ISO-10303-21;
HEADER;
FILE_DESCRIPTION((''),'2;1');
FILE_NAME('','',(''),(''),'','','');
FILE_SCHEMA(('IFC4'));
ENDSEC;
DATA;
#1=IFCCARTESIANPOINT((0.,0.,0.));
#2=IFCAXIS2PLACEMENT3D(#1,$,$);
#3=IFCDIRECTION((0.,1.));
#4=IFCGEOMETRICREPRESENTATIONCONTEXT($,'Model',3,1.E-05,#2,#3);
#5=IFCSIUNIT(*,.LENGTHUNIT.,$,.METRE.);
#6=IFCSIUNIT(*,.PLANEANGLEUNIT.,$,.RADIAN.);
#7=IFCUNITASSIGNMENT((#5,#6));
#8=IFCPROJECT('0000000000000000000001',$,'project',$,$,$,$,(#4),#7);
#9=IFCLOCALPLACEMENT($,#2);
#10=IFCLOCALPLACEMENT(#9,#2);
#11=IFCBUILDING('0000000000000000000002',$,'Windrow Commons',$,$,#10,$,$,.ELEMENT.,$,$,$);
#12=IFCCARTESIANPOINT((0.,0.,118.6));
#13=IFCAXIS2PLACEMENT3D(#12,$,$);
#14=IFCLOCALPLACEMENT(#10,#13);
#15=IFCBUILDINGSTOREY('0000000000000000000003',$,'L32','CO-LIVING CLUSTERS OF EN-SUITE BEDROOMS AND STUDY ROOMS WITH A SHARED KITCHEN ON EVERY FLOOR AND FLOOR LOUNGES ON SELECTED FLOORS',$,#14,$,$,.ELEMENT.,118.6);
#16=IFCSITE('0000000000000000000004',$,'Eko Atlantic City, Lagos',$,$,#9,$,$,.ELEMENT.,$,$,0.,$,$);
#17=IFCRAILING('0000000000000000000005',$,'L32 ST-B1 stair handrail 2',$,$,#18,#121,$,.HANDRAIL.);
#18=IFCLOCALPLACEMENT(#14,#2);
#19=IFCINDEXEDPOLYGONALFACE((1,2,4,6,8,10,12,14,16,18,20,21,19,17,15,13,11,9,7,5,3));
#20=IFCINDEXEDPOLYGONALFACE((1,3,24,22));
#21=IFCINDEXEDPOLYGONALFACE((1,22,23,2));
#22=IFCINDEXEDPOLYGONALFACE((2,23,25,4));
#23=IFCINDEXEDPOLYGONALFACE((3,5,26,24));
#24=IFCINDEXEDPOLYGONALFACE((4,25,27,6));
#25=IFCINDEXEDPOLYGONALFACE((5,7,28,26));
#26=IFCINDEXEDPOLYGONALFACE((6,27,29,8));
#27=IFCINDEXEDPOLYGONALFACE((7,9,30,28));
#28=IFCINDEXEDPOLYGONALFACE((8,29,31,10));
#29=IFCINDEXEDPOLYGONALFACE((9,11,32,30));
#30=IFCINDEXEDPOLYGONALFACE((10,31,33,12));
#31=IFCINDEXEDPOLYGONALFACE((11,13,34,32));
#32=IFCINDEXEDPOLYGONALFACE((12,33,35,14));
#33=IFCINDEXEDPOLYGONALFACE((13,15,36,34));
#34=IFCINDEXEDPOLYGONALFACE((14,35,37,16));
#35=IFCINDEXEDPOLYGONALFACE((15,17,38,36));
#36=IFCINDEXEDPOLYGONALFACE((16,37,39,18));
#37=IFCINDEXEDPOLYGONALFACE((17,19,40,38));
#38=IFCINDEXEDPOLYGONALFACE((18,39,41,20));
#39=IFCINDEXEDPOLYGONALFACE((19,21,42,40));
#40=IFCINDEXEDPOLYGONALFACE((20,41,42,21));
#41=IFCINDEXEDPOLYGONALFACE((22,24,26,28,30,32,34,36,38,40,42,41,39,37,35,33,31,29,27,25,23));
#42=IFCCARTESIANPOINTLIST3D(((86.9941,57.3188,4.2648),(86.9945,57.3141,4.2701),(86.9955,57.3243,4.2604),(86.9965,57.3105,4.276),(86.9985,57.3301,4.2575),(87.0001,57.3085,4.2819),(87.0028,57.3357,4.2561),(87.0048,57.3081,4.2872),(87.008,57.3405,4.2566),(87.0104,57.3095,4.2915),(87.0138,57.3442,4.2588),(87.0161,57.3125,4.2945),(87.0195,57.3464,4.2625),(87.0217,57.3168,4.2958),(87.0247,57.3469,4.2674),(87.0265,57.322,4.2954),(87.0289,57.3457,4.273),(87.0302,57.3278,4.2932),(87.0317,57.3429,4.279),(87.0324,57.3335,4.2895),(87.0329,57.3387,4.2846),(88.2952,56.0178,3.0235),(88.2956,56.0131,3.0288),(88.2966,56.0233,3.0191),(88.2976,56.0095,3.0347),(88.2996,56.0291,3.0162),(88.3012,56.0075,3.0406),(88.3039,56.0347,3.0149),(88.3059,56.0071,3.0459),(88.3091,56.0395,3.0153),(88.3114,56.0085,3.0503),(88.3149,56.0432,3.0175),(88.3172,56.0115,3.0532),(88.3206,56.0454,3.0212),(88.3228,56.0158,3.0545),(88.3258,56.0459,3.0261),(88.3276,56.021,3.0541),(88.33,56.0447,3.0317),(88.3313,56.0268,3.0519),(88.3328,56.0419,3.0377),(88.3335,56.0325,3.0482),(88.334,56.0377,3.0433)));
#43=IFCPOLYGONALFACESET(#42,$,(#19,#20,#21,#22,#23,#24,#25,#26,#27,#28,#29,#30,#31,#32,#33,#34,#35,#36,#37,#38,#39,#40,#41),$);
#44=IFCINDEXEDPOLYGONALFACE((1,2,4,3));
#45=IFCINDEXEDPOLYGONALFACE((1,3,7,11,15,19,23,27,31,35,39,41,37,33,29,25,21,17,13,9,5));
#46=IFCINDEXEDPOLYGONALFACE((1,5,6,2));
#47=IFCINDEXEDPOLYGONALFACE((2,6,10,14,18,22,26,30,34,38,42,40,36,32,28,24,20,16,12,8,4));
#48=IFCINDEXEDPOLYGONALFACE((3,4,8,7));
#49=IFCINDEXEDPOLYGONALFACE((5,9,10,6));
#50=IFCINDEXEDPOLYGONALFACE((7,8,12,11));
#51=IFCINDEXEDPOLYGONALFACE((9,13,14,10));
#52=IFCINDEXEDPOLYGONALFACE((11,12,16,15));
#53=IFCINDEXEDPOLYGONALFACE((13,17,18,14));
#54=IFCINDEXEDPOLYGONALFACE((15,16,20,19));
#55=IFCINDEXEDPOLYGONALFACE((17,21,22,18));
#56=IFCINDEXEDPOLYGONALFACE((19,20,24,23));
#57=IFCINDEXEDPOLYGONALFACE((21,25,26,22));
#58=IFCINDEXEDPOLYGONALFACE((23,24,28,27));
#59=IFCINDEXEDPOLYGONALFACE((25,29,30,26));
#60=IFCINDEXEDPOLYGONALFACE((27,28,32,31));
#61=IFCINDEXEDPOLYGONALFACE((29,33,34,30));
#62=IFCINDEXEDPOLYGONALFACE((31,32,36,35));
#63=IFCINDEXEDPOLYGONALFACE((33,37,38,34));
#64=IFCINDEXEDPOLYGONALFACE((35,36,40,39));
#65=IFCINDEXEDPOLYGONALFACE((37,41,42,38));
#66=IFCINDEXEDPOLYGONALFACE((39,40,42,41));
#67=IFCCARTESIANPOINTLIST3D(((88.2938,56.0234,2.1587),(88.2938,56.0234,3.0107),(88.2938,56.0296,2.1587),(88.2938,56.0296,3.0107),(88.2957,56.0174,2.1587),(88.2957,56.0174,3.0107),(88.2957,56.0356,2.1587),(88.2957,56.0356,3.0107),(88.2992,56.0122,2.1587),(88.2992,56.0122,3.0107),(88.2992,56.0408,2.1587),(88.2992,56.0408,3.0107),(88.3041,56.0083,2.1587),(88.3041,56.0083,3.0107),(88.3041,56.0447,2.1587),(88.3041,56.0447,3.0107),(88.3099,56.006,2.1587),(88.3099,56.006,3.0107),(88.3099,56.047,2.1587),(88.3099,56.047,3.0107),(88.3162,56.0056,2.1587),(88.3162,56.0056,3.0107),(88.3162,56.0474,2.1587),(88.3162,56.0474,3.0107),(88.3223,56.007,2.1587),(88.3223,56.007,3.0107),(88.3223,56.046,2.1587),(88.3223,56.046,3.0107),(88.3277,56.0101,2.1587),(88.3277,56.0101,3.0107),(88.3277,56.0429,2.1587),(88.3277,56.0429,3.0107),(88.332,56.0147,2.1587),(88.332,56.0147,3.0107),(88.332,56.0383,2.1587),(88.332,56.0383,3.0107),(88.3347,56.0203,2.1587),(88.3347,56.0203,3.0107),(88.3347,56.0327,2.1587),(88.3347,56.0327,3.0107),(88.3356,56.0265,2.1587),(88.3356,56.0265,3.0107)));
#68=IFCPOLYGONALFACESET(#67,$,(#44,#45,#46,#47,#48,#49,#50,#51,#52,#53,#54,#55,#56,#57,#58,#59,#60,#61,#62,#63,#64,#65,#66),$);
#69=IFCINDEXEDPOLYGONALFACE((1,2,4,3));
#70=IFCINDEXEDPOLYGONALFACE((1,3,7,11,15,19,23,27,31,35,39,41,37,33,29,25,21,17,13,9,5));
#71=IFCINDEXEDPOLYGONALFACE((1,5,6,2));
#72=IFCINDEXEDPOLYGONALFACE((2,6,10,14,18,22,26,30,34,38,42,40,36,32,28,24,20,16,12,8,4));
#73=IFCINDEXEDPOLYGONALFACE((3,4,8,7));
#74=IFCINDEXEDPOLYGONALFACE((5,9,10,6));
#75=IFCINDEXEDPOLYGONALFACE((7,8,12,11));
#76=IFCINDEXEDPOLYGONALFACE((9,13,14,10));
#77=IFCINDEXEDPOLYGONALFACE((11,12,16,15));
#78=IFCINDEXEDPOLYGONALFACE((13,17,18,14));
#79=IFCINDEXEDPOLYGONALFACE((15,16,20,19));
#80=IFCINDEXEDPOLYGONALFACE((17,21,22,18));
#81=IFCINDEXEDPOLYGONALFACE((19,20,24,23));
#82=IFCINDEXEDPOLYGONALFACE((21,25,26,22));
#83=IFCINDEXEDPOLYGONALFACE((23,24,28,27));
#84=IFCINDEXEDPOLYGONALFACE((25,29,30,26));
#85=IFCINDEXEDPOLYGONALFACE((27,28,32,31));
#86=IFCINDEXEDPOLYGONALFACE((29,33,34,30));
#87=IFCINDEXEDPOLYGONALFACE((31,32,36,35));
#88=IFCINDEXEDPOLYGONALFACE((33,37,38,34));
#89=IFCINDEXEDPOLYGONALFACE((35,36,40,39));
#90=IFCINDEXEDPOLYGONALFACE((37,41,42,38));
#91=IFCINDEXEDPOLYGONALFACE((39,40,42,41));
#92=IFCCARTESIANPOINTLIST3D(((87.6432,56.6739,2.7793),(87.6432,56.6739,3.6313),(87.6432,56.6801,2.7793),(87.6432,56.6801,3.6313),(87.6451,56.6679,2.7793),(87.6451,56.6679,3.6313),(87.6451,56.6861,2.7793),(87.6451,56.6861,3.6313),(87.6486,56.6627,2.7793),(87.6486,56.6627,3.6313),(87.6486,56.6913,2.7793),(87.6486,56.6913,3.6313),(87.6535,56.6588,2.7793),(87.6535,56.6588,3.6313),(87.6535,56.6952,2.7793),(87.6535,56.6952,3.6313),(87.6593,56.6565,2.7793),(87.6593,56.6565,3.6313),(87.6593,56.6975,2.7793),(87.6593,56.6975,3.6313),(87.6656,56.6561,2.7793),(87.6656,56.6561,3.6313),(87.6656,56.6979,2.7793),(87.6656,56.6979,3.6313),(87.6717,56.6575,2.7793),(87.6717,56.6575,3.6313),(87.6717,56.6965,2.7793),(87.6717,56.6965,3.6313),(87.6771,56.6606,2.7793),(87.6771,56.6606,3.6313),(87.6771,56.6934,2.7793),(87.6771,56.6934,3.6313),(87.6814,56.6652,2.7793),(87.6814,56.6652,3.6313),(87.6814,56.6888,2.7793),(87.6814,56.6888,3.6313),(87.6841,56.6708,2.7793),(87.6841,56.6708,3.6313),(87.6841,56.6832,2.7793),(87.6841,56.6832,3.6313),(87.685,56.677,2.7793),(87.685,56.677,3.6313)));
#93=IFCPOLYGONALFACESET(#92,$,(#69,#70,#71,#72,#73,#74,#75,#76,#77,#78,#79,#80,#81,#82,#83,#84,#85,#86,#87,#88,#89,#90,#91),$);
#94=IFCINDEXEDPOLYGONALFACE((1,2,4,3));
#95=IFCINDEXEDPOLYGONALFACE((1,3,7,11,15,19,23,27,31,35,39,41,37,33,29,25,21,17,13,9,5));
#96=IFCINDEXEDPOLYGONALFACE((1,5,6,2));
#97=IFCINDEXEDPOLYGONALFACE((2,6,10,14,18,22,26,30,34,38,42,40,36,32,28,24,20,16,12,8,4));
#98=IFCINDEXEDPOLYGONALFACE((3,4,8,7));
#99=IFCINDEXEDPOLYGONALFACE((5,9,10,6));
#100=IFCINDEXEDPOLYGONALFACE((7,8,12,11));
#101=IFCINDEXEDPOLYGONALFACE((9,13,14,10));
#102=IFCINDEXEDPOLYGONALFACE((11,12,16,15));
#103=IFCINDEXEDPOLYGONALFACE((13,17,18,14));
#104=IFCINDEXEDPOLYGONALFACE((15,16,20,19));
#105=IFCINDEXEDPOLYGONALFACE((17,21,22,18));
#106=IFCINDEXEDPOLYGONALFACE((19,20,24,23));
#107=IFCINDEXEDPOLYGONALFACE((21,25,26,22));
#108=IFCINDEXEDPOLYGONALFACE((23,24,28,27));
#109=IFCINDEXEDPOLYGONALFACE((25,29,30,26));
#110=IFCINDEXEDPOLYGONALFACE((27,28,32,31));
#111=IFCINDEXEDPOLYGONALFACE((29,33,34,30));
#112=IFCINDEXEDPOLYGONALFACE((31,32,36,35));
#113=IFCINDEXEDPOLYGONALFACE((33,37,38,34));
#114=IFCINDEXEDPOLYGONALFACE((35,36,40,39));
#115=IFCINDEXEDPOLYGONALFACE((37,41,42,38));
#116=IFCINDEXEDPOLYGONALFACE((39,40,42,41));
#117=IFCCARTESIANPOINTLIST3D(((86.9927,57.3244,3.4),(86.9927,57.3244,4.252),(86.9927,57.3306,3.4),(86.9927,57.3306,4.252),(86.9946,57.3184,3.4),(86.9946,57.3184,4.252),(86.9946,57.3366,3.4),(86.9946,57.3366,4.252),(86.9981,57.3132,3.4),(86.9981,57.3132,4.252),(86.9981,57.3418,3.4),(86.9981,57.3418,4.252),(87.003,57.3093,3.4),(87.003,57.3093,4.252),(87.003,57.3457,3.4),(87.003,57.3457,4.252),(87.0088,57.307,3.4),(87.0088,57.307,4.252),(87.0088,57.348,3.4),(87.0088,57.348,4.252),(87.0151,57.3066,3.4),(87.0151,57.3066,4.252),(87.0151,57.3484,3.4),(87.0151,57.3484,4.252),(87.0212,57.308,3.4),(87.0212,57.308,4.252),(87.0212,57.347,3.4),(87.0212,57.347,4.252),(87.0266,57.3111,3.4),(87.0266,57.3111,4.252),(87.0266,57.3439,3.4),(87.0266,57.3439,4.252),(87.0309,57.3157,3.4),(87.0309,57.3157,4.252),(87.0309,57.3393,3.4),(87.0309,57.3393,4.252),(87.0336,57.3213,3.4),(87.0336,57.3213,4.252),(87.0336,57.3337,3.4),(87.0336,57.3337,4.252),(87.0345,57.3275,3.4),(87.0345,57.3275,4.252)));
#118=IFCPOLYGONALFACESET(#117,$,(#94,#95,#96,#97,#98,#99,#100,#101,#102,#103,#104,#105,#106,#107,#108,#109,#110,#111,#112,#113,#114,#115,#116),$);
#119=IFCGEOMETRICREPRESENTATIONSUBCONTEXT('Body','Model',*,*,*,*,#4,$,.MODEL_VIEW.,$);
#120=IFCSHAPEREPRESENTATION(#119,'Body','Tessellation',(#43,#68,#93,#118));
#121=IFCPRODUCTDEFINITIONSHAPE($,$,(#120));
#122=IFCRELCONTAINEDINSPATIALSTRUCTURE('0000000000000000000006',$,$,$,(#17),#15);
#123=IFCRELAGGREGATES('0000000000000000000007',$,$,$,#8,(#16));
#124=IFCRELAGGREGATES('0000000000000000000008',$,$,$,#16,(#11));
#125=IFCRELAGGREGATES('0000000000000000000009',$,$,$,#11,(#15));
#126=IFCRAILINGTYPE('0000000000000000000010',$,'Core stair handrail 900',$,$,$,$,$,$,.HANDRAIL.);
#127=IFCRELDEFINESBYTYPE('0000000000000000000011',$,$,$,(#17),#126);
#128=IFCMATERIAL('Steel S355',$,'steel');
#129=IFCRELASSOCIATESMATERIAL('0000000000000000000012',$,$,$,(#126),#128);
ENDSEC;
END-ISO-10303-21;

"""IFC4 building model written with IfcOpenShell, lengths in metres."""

from ifc_helpers import new_model, si_unit, direction, frame, origin, origin_2d, place, context, subcontext, project, spatial, circle, extrude, material, type_object, element, save


model = new_model("IFC4")

# Units and contexts
model_context = context("Model", 3, precision=1e-05, world=origin(), true_north=direction((0.0, 1.0)))
body_context = subcontext(model_context, "Body", "Model", "MODEL_VIEW")
ifc_project = project(units=[si_unit("LENGTHUNIT", "METRE"), si_unit("PLANEANGLEUNIT", "RADIAN")], contexts=[model_context])

# Site, building, storey
site_placement = place(None, origin())
site = spatial("IfcSite", under=ifc_project, at=site_placement, Name="Eko Atlantic City, Lagos", CompositionType="ELEMENT", RefElevation=0.0)
building_placement = place(site_placement, origin())
building = spatial("IfcBuilding", under=site, at=building_placement, Name="Windrow Commons", CompositionType="ELEMENT")
storey_placement = place(building_placement, frame((0.0, 0.0, 118.6)))
storey = spatial("IfcBuildingStorey", under=building, at=storey_placement, Name="L32", Description="CO-LIVING CLUSTERS OF EN-SUITE BEDROOMS AND STUDY ROOMS WITH A SHARED KITCHEN ON EVERY FLOOR AND FLOOR LOUNGES ON SELECTED FLOORS", CompositionType="ELEMENT", Elevation=118.6)

# Railing
ifc_material_1 = material(Name="Steel S355", Category="steel")
railing_type_1 = type_object("IfcRailingType", Name="Core stair handrail 900", PredefinedType="HANDRAIL", material=ifc_material_1)
railing_1_placement = place(storey_placement, frame((88.3146, 56.0265, 2.1587)))
element("IfcRailing", 1, at=railing_1_placement, inside=storey, type_object=railing_type_1, Name="L32 ST-B1 stair handrail 2", PredefinedType="HANDRAIL", context=body_context, shape_type="SweptSolid", body=[
    extrude(circle(Radius=0.024, at=origin_2d()), frame((0.0, 0.0, 0.876), z_axis=(-0.586207, 0.586162, 0.559264), x_axis=(-0.70708, -0.707134, 0.0)), (0.0, 0.0, 1.0), 2.2195),
    extrude(circle(Radius=0.021, at=origin_2d()), origin(), (0.0, 0.0, 1.0), 0.852),
    extrude(circle(Radius=0.021, at=origin_2d()), frame((-0.6506, 0.6505, 0.6206)), (0.0, 0.0, 1.0), 0.852),
    extrude(circle(Radius=0.021, at=origin_2d()), frame((-1.3011, 1.301, 1.2413)), (0.0, 0.0, 1.0), 0.852),
])

save(model, "model.ifc")
